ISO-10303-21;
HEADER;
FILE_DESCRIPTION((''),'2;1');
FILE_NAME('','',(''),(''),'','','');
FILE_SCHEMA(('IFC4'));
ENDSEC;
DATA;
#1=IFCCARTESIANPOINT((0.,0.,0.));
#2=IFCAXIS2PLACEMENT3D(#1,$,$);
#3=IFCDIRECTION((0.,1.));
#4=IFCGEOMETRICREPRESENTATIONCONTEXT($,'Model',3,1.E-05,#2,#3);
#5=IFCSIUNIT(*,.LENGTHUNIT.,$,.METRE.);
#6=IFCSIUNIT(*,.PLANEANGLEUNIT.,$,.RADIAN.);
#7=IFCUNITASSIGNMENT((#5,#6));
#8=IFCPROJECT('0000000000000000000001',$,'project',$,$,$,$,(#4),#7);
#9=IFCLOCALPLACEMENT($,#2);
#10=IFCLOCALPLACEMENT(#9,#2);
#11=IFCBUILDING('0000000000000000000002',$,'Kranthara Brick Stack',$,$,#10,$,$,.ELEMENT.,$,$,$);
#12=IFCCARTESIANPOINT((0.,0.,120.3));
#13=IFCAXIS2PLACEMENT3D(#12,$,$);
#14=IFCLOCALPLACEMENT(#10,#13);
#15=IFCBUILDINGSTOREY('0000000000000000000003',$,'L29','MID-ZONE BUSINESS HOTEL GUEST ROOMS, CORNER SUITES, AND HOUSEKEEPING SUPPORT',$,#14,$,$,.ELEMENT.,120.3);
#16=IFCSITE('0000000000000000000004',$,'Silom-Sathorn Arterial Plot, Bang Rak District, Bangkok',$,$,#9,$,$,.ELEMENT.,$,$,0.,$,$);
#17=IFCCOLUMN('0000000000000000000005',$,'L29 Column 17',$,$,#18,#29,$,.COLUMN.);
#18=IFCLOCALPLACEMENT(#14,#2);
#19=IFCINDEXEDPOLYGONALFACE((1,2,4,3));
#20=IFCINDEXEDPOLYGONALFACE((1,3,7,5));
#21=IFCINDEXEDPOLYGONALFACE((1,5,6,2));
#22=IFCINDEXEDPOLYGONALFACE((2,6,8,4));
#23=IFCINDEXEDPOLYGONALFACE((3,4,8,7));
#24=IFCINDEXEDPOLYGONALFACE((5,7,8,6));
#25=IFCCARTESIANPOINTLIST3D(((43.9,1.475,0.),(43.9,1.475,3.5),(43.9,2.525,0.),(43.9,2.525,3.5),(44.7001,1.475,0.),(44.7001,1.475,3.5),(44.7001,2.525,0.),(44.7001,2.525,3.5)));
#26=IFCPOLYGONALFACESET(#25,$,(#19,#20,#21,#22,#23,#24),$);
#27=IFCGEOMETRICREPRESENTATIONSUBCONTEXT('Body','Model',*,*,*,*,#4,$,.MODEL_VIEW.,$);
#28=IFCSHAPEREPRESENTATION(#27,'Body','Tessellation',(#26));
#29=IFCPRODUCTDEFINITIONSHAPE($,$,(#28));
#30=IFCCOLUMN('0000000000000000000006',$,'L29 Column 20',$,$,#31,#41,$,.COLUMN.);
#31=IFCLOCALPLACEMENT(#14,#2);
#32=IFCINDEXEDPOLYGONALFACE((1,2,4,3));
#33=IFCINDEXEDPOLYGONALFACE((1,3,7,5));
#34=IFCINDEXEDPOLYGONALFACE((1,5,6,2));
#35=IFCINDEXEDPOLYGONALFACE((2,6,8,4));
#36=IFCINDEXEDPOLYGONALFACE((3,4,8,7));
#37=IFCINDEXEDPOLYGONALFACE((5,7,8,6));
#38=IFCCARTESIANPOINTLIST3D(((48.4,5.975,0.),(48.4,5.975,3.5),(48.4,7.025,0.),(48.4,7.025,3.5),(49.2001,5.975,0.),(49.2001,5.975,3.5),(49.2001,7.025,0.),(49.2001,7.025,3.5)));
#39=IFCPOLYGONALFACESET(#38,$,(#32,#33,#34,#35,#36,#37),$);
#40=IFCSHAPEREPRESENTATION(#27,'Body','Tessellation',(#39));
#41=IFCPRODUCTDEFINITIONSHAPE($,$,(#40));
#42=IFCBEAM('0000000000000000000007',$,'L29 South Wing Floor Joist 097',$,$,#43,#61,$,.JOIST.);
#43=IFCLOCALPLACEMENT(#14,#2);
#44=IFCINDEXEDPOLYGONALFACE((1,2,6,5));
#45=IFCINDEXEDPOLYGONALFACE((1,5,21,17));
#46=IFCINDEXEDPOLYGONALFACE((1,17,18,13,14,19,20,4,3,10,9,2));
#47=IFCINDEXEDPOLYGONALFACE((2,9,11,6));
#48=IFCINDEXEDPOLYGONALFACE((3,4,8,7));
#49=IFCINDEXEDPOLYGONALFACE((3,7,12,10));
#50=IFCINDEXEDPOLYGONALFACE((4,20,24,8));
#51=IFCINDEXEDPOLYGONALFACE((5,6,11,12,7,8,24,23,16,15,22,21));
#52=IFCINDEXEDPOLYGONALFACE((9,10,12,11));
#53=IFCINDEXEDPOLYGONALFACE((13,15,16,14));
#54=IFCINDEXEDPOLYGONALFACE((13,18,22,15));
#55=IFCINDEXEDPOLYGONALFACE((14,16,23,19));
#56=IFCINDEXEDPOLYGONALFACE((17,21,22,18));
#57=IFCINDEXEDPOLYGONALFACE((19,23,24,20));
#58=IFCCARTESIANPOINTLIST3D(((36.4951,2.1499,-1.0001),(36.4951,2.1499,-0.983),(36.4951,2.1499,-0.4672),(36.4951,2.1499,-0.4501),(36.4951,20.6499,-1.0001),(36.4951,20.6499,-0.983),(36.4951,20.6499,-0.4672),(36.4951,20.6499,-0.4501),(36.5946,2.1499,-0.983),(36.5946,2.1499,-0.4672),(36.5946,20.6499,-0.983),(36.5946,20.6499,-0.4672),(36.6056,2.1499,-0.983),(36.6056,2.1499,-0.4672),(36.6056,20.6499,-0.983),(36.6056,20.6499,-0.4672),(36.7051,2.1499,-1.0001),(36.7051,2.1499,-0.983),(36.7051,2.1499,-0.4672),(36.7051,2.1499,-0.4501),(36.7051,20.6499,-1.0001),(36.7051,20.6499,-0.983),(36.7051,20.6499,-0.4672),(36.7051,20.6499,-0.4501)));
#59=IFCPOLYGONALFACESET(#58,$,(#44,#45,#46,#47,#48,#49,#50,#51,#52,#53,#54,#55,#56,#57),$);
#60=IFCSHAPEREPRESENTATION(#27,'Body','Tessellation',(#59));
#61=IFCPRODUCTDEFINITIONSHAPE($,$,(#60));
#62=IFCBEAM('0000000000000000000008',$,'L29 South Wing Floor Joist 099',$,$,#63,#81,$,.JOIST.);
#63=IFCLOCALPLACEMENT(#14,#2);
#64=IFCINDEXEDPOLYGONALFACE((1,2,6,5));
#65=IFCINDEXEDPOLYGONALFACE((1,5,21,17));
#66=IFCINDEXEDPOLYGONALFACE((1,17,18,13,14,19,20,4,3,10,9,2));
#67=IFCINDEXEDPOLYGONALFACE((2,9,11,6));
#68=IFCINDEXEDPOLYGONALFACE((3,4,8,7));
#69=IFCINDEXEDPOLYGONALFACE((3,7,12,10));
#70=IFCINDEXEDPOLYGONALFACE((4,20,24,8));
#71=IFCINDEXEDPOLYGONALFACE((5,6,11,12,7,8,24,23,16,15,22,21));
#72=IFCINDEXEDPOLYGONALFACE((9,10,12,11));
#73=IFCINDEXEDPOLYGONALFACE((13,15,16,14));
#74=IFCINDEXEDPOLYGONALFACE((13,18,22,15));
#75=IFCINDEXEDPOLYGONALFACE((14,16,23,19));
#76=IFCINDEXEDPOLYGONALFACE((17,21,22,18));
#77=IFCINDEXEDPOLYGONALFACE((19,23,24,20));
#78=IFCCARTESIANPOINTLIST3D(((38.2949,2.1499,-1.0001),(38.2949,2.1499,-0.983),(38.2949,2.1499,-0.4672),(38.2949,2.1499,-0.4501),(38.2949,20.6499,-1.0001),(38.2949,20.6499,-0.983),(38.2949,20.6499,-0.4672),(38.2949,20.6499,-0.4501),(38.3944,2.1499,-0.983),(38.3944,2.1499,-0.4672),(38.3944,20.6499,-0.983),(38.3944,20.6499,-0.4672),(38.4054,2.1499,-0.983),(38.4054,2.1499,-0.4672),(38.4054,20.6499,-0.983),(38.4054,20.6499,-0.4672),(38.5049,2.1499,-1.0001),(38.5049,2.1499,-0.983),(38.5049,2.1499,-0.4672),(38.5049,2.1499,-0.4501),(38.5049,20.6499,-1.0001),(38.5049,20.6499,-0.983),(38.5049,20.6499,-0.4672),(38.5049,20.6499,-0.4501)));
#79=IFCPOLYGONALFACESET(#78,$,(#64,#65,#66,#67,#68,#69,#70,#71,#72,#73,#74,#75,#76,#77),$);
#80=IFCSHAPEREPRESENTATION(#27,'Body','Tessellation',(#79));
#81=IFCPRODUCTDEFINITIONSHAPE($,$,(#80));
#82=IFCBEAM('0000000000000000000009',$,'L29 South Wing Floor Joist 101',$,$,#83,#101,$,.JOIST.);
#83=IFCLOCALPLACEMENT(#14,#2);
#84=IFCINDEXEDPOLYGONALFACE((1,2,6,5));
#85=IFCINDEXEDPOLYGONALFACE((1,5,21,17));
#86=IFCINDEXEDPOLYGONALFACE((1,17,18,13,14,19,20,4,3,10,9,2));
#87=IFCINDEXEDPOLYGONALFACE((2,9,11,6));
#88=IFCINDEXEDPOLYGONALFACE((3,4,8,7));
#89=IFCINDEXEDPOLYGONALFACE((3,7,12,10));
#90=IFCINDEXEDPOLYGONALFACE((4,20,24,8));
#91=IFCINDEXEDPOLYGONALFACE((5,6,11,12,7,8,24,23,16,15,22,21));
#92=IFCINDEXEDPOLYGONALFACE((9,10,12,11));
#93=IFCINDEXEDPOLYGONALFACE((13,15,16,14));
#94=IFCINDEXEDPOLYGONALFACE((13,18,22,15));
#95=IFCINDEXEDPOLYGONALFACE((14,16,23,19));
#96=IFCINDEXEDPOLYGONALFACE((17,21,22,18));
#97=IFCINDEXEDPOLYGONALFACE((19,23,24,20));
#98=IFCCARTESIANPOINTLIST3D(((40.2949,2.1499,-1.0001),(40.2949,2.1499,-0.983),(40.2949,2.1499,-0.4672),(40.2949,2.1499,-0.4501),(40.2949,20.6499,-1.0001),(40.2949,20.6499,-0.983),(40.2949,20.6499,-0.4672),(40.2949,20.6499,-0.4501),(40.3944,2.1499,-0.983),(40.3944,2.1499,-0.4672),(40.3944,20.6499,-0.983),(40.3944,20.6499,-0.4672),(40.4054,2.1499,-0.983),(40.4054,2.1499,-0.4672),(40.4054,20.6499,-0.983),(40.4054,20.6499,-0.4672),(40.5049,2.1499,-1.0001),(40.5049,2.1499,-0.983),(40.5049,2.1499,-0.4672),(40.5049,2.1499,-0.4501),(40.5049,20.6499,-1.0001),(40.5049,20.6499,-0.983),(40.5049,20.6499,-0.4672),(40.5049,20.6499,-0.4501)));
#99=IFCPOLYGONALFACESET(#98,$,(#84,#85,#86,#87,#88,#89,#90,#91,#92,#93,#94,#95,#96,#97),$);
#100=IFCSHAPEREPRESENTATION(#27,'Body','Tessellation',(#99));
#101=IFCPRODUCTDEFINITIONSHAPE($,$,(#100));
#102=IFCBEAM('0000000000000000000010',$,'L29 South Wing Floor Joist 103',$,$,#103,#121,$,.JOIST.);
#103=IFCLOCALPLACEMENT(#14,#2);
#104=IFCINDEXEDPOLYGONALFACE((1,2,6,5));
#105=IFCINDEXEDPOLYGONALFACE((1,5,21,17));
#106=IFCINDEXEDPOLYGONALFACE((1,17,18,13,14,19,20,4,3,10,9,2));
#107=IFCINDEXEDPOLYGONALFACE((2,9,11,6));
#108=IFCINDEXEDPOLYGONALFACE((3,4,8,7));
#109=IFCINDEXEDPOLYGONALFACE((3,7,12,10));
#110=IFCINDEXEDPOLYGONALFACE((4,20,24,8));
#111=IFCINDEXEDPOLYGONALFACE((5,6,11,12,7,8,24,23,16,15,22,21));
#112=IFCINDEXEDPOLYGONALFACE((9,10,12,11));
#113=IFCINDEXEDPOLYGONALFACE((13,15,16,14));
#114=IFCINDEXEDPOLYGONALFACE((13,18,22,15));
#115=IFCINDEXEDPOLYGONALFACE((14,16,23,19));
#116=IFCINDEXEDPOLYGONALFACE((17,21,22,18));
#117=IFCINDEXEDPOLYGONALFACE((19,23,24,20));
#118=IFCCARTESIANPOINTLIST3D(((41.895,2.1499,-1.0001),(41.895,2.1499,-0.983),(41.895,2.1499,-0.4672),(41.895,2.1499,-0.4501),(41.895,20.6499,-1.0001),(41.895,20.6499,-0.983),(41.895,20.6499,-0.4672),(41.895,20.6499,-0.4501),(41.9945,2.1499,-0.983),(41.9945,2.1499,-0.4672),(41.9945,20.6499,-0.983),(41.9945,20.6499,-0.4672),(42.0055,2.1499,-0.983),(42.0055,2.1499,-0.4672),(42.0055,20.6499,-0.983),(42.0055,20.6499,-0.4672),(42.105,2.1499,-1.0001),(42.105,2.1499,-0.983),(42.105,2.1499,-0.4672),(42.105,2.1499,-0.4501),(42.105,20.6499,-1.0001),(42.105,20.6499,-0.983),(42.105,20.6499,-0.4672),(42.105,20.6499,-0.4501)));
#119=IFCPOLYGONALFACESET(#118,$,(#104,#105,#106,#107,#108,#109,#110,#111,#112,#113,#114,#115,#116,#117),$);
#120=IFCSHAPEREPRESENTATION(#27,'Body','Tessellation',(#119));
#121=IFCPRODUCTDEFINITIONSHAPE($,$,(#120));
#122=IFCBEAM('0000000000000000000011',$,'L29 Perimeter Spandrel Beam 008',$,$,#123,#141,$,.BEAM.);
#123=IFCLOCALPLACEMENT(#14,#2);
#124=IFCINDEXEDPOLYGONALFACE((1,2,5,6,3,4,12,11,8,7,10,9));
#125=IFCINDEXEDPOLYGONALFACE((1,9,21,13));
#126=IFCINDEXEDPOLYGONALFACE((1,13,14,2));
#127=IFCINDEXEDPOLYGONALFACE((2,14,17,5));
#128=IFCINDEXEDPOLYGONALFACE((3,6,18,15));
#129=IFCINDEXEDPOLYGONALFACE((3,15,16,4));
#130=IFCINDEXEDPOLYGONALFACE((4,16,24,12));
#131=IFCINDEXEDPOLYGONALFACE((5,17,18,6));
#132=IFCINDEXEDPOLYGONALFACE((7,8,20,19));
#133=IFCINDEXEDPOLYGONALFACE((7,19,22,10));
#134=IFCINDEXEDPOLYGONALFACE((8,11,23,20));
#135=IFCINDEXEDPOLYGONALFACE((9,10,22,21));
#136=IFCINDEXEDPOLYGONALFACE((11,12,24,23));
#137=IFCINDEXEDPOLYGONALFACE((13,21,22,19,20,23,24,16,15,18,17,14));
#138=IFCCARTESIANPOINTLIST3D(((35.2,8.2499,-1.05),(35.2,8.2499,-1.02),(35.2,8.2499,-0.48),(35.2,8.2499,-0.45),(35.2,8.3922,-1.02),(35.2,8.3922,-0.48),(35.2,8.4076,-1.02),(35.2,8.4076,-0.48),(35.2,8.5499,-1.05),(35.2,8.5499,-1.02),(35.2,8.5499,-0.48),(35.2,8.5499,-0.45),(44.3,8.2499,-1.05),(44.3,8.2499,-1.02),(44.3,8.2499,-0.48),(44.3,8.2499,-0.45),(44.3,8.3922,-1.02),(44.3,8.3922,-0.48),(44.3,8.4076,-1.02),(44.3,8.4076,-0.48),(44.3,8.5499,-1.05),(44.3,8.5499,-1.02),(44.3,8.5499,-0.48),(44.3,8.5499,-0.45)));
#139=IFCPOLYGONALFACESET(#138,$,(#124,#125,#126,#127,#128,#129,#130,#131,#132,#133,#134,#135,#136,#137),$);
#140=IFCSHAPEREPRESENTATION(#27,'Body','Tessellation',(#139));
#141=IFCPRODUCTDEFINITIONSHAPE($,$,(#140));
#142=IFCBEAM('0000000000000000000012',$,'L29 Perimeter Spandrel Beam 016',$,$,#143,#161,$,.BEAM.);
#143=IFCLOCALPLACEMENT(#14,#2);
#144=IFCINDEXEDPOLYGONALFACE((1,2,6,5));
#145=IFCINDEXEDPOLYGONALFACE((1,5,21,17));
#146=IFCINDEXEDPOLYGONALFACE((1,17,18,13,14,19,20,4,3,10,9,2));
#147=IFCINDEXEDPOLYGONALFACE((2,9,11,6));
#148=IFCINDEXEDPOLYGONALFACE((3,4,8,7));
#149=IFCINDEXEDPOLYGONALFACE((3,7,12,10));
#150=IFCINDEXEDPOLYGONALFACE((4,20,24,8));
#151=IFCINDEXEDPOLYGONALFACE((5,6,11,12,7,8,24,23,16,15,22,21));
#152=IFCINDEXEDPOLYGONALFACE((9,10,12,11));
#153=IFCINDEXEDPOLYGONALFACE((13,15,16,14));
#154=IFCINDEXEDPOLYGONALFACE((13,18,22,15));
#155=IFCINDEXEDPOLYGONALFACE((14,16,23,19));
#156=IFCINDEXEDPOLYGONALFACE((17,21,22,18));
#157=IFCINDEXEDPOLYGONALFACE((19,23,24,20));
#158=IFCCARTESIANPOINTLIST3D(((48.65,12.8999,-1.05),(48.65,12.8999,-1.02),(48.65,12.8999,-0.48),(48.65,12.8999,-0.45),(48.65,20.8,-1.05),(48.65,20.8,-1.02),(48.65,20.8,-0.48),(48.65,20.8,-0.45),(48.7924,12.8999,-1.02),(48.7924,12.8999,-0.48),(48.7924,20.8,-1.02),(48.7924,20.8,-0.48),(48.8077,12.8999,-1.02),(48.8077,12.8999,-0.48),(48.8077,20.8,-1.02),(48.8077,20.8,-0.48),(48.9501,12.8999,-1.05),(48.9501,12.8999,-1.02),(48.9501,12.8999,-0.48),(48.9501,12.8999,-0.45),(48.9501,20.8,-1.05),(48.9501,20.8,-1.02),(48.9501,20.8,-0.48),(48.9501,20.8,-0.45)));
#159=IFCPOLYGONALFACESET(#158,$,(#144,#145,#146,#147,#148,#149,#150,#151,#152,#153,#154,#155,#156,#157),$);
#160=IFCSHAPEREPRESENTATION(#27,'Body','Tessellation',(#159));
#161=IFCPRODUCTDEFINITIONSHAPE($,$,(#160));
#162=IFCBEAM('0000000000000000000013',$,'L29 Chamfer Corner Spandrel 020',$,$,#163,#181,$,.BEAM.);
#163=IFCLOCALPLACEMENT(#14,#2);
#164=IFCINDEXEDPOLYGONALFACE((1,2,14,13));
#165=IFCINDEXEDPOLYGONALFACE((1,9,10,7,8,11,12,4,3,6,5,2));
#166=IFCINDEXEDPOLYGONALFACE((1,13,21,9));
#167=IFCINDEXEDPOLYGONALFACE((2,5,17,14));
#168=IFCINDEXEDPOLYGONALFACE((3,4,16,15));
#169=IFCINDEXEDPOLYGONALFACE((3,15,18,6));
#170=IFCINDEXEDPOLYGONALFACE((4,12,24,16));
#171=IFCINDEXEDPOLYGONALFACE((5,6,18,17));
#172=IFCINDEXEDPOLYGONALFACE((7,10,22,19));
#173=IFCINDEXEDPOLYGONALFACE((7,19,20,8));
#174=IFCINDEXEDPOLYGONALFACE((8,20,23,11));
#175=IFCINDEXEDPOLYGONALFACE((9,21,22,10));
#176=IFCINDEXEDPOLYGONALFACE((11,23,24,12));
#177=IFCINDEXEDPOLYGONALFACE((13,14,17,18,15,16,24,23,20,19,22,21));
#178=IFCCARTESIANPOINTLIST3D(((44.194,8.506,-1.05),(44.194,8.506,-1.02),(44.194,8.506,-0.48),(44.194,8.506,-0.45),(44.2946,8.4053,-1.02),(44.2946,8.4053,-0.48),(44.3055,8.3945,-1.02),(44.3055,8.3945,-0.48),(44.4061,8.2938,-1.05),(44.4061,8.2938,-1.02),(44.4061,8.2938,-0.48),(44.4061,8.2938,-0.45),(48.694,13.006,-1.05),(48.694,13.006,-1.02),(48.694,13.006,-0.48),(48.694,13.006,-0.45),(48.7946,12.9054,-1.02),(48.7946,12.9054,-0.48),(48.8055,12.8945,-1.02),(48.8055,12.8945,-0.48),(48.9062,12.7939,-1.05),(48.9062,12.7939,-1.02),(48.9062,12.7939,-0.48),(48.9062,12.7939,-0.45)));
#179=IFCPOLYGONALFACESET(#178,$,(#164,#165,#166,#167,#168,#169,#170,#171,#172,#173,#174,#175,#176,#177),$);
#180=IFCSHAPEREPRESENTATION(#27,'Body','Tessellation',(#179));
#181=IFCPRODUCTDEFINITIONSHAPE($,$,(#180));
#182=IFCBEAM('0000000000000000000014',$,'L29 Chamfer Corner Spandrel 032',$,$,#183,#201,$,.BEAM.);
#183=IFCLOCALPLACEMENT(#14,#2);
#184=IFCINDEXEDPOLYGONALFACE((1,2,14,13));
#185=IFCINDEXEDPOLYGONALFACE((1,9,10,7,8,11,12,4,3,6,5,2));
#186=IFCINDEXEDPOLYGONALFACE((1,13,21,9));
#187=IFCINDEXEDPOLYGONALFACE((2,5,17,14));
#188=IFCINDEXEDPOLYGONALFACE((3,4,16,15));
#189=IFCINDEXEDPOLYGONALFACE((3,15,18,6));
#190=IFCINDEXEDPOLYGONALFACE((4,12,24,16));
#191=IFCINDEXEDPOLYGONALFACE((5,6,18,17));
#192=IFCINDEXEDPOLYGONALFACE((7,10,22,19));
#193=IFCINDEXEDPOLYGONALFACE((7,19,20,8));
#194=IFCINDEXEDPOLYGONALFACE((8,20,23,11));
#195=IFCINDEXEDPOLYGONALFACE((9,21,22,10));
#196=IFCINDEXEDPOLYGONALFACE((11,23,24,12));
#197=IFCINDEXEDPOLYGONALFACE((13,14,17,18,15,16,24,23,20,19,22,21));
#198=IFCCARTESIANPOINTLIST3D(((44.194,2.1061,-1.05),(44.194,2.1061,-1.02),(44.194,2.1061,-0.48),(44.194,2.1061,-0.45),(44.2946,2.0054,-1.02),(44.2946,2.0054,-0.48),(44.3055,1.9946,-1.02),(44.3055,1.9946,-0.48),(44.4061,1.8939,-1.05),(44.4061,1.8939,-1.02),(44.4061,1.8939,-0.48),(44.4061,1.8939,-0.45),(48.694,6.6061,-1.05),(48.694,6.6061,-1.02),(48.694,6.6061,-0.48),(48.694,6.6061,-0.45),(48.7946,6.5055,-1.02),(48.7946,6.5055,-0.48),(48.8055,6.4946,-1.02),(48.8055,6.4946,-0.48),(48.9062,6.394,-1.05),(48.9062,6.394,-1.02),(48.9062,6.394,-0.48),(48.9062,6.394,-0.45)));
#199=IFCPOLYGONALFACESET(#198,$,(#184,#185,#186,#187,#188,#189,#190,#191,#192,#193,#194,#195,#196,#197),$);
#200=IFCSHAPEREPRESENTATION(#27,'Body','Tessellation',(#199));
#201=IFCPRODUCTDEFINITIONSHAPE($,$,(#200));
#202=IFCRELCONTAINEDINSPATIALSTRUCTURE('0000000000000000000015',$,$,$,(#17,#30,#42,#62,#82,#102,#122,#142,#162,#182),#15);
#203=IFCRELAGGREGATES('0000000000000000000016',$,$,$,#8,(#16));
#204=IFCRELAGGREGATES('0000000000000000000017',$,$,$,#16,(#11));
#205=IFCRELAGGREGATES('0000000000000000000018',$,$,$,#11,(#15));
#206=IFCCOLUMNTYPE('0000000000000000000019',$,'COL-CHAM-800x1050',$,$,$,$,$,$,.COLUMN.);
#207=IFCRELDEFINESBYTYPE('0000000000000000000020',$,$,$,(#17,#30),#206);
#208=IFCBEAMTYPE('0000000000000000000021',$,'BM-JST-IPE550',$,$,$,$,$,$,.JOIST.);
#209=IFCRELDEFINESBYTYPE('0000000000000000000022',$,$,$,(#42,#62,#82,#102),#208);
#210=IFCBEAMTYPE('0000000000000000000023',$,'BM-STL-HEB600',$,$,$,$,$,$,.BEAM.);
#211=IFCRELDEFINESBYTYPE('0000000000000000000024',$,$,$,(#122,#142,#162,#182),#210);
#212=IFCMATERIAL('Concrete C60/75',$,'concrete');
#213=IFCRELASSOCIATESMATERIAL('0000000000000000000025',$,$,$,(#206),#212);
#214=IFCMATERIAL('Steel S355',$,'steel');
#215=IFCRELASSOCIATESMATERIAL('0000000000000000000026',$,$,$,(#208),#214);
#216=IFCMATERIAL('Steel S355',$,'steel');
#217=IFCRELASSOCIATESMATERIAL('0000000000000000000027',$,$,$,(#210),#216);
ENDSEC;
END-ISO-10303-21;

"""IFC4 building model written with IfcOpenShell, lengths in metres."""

from ifc_helpers import new_model, si_unit, direction, frame, origin, origin_2d, place, context, subcontext, project, spatial, rectangle, i_section, extrude, material, material_profile, profile_set, type_object, element, save


model = new_model("IFC4")

# Units and contexts
model_context = context("Model", 3, precision=1e-05, world=origin(), true_north=direction((0.0, 1.0)))
body_context = subcontext(model_context, "Body", "Model", "MODEL_VIEW")
ifc_project = project(units=[si_unit("LENGTHUNIT", "METRE"), si_unit("PLANEANGLEUNIT", "RADIAN")], contexts=[model_context])

# Site, building, storey
site_placement = place(None, origin())
site = spatial("IfcSite", under=ifc_project, at=site_placement, Name="Silom-Sathorn Arterial Plot, Bang Rak District, Bangkok", CompositionType="ELEMENT", RefElevation=0.0)
building_placement = place(site_placement, origin())
building = spatial("IfcBuilding", under=site, at=building_placement, Name="Kranthara Brick Stack", CompositionType="ELEMENT")
storey_placement = place(building_placement, frame((0.0, 0.0, 120.3)))
storey = spatial("IfcBuildingStorey", under=building, at=storey_placement, Name="L29", Description="MID-ZONE BUSINESS HOTEL GUEST ROOMS, CORNER SUITES, AND HOUSEKEEPING SUPPORT", CompositionType="ELEMENT", Elevation=120.3)

# Columns
ifc_material_1 = material(Name="Concrete C60/75", Category="concrete")
ifc_material_profile_1 = material_profile(ifc_material_1, rectangle(XDim=0.8, YDim=1.05, at=origin_2d()), Name="RC 800x1050")
ifc_profile_set_1 = profile_set([ifc_material_profile_1], Name="Concrete C60/75")
column_type = type_object("IfcColumnType", Name="COL-CHAM-800x1050", PredefinedType="COLUMN", material=ifc_profile_set_1)
for number, where, z_axis, x_axis, name in (
    (1, (44.3, 2.0, 0.0), (0.0, 0.0, 1.0), (1.0, 0.0, 0.0), "L29 Column 17"),
    (2, (48.8, 6.5, 0.0), (0.0, 0.0, 1.0), (1.0, 0.0, 0.0), "L29 Column 20"),
):
    element("IfcColumn", number, at=place(storey_placement, frame(where, z_axis=z_axis, x_axis=x_axis)), inside=storey, type_object=column_type, Name=name, PredefinedType="COLUMN", context=body_context, shape_type="SweptSolid", body=[
        extrude(rectangle(XDim=0.8, YDim=1.05, at=origin_2d()), origin(), (0.0, 0.0, 1.0), 3.5),
    ])

# Beams
ifc_material_2 = material(Name="Steel S355", Category="steel")
ifc_material_profile_2 = material_profile(ifc_material_2, i_section(OverallWidth=0.21, OverallDepth=0.55, WebThickness=0.011, FlangeThickness=0.0171, at=origin_2d()), Name="IPE 550")
ifc_profile_set_2 = profile_set([ifc_material_profile_2], Name="Steel S355")
beam_type_1 = type_object("IfcBeamType", Name="BM-JST-IPE550", PredefinedType="JOIST", material=ifc_profile_set_2)
for number, where, z_axis, x_axis, name in (
    (3, (36.6001, 2.1499, -0.7251), (0.0, 1.0, 0.0), (-1.0, 0.0, 0.0), "L29 South Wing Floor Joist 097"),
    (4, (38.3999, 2.1499, -0.7251), (0.0, 1.0, 0.0), (-1.0, 0.0, 0.0), "L29 South Wing Floor Joist 099"),
    (5, (40.3999, 2.1499, -0.7251), (0.0, 1.0, 0.0), (-1.0, 0.0, 0.0), "L29 South Wing Floor Joist 101"),
    (6, (42.0, 2.1499, -0.7251), (0.0, 1.0, 0.0), (-1.0, 0.0, 0.0), "L29 South Wing Floor Joist 103"),
):
    element("IfcBeam", number, at=place(storey_placement, frame(where, z_axis=z_axis, x_axis=x_axis)), inside=storey, type_object=beam_type_1, Name=name, PredefinedType="JOIST", context=body_context, shape_type="SweptSolid", body=[
        extrude(i_section(OverallWidth=0.21, OverallDepth=0.55, WebThickness=0.011, FlangeThickness=0.0171, at=origin_2d()), origin(), (0.0, 0.0, 1.0), 18.5),
    ])
ifc_material_3 = material(Name="Steel S355", Category="steel")
ifc_material_profile_3 = material_profile(ifc_material_3, i_section(OverallWidth=0.3, OverallDepth=0.6001, WebThickness=0.0154, FlangeThickness=0.03, at=origin_2d()), Name="HEB 600")
ifc_profile_set_3 = profile_set([ifc_material_profile_3], Name="Steel S355")
beam_type_2 = type_object("IfcBeamType", Name="BM-STL-HEB600", PredefinedType="BEAM", material=ifc_profile_set_3)
beam_1_placement = place(storey_placement, frame((35.2, 8.3999, -0.75), z_axis=(1.0, 0.0, 0.0), x_axis=(0.0, 1.0, 0.0)))
element("IfcBeam", 7, at=beam_1_placement, inside=storey, type_object=beam_type_2, Name="L29 Perimeter Spandrel Beam 008", PredefinedType="BEAM", context=body_context, shape_type="SweptSolid", body=[
    extrude(i_section(OverallWidth=0.3, OverallDepth=0.6001, WebThickness=0.0154, FlangeThickness=0.03, at=origin_2d()), origin(), (0.0, 0.0, 1.0), 9.1001),
])
beam_2_placement = place(storey_placement, frame((48.8, 12.8999, -0.75), z_axis=(0.0, 1.0, 0.0), x_axis=(-1.0, 0.0, 0.0)))
element("IfcBeam", 8, at=beam_2_placement, inside=storey, type_object=beam_type_2, Name="L29 Perimeter Spandrel Beam 016", PredefinedType="BEAM", context=body_context, shape_type="SweptSolid", body=[
    extrude(i_section(OverallWidth=0.3, OverallDepth=0.6001, WebThickness=0.0154, FlangeThickness=0.03, at=origin_2d()), origin(), (0.0, 0.0, 1.0), 7.9001),
])
for number, where, z_axis, x_axis, name in (
    (9, (44.3, 8.3999, -0.75), (0.707107, 0.707107, 0.0), (-0.707107, 0.707107, 0.0), "L29 Chamfer Corner Spandrel 020"),
    (10, (44.3, 2.0, -0.75), (0.707107, 0.707107, 0.0), (-0.707107, 0.707107, 0.0), "L29 Chamfer Corner Spandrel 032"),
):
    element("IfcBeam", number, at=place(storey_placement, frame(where, z_axis=z_axis, x_axis=x_axis)), inside=storey, type_object=beam_type_2, Name=name, PredefinedType="BEAM", context=body_context, shape_type="SweptSolid", body=[
        extrude(i_section(OverallWidth=0.3, OverallDepth=0.6001, WebThickness=0.0154, FlangeThickness=0.03, at=origin_2d()), origin(), (0.0, 0.0, 1.0), 6.364),
    ])

save(model, "model.ifc")
